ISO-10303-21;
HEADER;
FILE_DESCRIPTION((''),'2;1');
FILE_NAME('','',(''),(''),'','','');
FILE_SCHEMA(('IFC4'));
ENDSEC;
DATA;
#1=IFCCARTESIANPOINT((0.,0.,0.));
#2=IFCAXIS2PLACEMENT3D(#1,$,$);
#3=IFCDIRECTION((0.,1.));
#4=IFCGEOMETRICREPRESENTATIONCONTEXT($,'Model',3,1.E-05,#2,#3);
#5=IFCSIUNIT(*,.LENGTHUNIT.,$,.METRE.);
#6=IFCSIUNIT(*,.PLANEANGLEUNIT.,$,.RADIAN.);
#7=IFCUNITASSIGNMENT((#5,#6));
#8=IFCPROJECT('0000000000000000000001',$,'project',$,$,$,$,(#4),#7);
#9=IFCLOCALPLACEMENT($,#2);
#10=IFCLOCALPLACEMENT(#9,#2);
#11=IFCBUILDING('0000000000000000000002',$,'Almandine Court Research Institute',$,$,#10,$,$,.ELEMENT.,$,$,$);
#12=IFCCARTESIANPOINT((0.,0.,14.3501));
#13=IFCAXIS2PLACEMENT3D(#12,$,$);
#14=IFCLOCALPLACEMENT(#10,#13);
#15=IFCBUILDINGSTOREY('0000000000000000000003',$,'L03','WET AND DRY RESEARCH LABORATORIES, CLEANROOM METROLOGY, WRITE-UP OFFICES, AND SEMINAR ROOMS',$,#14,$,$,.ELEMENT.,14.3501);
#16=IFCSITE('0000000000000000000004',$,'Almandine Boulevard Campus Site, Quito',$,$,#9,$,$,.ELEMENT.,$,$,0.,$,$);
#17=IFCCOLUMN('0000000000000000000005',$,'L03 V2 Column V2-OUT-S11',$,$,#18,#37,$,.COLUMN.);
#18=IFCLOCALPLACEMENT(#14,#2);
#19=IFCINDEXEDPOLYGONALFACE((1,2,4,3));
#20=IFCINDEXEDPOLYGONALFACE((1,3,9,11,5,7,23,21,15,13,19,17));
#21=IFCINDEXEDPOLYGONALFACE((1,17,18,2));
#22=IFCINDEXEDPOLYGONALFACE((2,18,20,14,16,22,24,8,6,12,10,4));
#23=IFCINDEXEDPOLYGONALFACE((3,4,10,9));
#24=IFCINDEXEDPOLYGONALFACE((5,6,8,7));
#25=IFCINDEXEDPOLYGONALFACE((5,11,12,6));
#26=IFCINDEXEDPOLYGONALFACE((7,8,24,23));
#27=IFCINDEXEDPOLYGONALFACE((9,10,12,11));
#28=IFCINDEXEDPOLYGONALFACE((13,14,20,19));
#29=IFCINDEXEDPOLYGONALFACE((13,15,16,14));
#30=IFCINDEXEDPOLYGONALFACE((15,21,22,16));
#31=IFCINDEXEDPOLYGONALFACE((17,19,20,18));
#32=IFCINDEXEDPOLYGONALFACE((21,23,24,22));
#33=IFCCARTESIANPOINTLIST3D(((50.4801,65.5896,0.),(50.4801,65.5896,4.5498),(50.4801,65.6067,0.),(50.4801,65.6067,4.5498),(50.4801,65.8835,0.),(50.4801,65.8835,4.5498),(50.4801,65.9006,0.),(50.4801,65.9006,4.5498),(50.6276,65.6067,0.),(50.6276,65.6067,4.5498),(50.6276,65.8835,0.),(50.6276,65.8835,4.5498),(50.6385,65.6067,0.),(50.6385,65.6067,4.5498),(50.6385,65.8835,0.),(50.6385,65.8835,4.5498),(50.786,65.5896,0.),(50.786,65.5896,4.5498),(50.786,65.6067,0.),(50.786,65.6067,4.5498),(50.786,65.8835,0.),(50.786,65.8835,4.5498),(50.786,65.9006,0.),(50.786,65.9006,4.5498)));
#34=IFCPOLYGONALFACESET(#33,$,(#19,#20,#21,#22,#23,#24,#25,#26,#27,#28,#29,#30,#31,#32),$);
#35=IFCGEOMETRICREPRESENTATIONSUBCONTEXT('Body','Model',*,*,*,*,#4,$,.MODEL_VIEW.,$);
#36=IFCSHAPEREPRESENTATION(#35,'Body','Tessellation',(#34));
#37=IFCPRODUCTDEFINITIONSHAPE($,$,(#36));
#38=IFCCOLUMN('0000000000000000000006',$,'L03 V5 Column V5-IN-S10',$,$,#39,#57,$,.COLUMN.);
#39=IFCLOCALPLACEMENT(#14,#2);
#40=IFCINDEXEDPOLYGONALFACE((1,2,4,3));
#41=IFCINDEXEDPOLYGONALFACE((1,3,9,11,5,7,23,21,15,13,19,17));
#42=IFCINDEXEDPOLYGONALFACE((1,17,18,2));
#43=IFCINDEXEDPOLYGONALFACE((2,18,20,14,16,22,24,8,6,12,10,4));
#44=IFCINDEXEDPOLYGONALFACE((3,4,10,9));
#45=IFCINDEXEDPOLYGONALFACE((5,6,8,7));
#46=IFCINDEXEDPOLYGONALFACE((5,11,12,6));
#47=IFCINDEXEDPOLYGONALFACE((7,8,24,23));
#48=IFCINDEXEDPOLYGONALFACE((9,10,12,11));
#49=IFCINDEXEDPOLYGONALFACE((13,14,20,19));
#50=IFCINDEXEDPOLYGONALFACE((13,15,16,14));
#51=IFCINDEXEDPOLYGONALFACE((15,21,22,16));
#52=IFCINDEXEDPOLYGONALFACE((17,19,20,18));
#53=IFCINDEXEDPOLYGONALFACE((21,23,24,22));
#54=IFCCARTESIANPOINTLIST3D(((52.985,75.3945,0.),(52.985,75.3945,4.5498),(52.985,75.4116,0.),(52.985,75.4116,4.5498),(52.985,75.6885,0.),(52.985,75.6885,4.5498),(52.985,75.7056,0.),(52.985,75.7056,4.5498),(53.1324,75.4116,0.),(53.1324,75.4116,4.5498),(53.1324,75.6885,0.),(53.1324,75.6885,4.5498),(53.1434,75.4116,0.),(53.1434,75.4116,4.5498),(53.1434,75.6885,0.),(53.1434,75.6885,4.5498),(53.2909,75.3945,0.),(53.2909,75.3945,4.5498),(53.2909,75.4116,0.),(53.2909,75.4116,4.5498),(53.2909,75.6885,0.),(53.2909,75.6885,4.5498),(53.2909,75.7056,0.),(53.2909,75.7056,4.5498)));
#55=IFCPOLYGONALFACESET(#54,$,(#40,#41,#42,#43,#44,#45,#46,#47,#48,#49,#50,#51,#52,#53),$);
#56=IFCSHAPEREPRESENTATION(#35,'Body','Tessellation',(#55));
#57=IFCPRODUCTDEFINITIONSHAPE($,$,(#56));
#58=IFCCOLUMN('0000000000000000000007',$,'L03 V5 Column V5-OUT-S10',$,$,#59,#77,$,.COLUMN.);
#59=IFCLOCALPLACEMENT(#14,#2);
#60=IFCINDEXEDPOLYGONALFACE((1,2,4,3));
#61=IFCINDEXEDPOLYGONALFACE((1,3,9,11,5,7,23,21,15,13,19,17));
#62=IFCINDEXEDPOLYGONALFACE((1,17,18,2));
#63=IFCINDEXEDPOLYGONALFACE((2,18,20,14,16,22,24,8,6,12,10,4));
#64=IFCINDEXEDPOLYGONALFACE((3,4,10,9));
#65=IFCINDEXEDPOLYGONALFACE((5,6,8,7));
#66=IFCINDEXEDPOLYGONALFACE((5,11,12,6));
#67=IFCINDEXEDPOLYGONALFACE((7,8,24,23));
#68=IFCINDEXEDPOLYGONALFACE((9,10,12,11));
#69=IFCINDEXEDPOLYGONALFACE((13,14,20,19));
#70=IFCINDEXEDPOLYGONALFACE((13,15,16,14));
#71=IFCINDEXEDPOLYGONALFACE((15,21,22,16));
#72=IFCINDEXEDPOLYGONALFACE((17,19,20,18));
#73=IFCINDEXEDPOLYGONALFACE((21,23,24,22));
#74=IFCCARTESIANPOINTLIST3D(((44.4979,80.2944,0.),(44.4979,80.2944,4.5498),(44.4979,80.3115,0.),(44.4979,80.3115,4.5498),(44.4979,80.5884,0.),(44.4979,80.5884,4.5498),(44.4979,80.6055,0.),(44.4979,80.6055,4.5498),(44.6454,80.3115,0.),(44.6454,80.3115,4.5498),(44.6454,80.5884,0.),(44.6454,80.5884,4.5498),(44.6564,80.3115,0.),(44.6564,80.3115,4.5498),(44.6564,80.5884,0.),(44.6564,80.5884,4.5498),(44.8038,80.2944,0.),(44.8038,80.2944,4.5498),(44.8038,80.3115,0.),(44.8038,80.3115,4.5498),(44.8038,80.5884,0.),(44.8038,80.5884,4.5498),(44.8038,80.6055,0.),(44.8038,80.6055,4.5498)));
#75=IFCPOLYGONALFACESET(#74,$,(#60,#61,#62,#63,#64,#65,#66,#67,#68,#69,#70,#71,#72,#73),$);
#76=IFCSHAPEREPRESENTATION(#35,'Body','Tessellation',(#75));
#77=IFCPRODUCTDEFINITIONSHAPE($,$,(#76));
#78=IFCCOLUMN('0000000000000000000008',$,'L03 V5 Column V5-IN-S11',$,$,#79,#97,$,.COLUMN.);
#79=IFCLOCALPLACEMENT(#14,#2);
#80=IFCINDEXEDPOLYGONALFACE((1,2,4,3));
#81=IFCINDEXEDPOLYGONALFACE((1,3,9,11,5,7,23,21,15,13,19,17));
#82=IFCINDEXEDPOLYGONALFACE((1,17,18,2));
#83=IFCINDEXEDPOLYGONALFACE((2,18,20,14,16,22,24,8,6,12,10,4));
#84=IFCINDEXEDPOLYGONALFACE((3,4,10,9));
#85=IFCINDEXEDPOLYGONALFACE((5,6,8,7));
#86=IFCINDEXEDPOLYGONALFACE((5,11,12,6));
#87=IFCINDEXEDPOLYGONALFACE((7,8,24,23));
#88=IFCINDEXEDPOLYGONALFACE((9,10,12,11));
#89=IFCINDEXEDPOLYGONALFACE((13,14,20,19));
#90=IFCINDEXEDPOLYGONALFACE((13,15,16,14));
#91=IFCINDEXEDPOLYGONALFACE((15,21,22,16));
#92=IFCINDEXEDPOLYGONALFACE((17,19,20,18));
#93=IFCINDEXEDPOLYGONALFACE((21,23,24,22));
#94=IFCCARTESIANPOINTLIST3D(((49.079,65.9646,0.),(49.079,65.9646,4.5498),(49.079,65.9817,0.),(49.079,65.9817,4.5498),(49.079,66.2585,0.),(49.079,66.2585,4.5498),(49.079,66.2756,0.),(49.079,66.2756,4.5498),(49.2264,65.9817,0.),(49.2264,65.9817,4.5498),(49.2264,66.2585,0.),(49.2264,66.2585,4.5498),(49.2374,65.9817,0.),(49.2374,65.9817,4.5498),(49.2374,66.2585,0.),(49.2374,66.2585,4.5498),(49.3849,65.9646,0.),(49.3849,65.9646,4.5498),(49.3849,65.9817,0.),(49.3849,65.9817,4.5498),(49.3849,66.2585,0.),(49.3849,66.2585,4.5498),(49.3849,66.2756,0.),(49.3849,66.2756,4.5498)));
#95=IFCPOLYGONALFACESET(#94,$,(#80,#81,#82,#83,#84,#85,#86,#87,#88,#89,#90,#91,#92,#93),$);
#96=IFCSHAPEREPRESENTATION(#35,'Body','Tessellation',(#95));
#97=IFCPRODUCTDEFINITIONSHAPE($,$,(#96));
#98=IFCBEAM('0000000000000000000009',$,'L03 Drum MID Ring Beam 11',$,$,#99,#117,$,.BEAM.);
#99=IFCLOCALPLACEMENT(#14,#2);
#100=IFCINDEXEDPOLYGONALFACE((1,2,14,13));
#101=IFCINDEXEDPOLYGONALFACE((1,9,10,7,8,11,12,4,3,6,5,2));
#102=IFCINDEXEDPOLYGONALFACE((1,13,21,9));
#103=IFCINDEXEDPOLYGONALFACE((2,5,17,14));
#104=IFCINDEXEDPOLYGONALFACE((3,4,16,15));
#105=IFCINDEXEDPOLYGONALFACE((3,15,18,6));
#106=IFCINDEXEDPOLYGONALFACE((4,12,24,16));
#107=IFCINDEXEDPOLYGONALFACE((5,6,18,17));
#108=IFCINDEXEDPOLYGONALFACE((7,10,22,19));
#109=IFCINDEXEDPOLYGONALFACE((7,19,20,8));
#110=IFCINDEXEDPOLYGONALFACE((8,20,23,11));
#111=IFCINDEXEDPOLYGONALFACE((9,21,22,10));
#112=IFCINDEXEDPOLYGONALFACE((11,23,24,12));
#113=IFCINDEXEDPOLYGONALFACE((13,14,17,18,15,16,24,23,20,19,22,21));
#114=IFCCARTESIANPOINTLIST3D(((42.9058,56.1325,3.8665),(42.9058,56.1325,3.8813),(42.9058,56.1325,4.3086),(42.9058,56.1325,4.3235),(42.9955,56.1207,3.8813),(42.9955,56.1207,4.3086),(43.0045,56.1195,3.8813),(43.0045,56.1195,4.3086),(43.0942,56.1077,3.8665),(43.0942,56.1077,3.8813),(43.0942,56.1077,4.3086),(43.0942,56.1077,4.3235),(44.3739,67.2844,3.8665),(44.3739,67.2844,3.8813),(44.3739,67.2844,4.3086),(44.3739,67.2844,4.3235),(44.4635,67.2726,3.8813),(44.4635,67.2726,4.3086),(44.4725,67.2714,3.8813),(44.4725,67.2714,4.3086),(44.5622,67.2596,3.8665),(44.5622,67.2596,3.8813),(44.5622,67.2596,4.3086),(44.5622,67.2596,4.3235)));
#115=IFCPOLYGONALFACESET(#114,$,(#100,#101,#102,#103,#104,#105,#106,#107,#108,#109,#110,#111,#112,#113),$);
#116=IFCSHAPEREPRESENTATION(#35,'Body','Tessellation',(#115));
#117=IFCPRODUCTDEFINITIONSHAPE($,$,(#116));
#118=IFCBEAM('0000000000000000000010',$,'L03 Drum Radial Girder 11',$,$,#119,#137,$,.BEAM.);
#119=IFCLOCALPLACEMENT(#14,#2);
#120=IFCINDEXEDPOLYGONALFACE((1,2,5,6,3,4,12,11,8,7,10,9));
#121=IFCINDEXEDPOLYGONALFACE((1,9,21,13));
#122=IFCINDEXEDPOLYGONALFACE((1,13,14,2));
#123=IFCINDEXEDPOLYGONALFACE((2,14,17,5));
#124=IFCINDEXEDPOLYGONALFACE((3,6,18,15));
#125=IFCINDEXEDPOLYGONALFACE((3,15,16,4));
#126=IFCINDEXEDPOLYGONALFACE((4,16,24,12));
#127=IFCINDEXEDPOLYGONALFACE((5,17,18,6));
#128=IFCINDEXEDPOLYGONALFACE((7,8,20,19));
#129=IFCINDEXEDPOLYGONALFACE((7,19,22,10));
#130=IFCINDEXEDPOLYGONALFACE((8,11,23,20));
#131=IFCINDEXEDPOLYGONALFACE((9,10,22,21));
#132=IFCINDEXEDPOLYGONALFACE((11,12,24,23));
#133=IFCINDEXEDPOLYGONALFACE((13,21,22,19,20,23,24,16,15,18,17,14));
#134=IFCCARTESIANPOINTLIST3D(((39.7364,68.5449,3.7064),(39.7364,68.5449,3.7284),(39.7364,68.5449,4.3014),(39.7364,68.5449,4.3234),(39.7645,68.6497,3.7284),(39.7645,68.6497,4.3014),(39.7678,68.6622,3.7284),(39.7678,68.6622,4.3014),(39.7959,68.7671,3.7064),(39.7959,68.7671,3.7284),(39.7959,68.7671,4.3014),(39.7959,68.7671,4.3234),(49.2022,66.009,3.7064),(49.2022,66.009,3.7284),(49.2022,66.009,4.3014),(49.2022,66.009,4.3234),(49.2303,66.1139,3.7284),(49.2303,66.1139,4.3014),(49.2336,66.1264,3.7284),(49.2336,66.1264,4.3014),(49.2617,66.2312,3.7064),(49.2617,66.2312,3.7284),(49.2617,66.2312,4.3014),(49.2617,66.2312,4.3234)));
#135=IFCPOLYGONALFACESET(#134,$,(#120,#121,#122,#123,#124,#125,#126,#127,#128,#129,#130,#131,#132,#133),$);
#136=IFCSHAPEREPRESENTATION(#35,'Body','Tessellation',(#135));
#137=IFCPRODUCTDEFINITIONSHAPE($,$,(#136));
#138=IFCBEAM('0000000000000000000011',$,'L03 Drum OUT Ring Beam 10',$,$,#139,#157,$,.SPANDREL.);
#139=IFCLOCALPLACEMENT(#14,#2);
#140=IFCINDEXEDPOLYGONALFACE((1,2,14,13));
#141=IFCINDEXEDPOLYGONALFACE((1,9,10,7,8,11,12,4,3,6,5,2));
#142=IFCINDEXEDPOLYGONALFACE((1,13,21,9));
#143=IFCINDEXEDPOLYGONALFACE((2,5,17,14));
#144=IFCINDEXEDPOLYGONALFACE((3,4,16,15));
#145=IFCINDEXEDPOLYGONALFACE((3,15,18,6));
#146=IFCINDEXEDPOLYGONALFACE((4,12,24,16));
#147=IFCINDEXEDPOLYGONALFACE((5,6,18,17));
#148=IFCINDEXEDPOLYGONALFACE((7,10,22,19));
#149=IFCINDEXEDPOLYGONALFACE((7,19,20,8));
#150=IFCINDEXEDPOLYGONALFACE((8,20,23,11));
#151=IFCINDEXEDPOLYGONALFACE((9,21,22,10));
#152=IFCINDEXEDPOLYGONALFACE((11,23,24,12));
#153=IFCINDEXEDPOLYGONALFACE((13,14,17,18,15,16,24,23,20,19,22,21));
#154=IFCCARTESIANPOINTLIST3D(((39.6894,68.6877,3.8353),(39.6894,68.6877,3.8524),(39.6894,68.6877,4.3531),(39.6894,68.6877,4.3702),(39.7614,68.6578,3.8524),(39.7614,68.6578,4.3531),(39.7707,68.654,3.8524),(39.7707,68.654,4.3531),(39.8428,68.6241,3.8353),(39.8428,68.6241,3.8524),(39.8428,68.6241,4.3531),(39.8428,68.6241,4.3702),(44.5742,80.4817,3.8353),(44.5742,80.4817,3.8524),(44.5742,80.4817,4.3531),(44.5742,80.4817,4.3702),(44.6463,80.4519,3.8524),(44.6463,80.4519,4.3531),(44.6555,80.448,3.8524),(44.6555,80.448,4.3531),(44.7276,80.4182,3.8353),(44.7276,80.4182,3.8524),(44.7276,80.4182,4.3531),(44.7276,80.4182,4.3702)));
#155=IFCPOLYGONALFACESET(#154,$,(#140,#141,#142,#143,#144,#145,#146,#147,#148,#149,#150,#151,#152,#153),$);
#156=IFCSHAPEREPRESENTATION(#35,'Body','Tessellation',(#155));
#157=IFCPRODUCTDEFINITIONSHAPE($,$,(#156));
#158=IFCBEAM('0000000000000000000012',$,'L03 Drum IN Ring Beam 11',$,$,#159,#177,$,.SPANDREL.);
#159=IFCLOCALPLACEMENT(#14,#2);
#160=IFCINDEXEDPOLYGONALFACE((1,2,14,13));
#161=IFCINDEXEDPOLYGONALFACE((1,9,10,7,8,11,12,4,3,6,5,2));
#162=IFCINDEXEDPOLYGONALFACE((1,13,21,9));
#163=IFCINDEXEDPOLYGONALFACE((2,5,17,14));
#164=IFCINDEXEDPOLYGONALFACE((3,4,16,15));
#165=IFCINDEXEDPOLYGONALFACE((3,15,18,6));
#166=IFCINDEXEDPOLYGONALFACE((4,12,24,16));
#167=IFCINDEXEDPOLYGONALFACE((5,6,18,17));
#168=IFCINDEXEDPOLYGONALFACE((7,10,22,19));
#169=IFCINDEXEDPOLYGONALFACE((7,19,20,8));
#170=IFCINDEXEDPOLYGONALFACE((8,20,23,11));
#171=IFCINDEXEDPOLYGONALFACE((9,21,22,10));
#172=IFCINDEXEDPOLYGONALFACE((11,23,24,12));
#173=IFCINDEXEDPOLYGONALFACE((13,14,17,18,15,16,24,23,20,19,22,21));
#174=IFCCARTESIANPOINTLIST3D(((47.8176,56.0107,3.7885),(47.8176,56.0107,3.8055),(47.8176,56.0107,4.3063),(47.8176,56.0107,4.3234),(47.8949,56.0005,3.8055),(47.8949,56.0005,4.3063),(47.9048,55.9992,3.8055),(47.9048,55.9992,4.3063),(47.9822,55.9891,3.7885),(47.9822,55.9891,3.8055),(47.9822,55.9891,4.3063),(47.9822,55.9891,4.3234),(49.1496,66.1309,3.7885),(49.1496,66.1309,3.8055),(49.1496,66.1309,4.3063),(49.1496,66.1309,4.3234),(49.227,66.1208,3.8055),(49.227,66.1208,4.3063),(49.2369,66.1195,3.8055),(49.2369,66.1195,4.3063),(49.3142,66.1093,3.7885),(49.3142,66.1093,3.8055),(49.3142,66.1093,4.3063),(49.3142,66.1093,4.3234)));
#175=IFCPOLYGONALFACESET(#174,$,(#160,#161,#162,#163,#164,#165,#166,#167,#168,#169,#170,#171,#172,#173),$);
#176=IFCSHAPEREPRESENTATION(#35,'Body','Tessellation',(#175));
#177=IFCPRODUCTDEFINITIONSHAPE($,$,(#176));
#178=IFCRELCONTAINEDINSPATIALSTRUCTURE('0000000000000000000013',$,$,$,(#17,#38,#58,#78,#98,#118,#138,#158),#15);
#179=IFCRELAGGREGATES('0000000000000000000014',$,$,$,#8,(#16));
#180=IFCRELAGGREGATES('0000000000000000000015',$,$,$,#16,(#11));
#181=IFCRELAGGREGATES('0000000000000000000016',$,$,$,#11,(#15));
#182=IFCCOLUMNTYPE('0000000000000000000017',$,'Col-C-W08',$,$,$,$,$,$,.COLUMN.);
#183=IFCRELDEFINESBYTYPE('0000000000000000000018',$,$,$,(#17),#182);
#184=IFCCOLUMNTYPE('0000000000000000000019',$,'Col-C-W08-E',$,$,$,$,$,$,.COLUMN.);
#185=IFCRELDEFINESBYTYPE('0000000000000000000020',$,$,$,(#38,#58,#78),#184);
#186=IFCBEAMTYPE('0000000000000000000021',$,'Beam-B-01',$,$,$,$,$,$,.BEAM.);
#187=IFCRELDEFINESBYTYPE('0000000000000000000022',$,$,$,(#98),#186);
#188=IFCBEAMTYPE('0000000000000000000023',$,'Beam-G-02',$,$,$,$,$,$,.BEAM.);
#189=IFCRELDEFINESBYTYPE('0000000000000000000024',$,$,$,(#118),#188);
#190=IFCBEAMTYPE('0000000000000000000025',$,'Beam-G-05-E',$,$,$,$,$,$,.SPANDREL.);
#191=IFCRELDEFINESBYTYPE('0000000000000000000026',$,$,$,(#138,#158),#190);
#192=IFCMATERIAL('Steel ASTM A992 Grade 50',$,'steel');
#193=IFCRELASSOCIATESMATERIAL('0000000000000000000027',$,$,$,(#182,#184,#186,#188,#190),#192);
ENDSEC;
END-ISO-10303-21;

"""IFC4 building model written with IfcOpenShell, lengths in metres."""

from ifc_helpers import new_model, si_unit, direction, frame, origin, origin_2d, place, context, subcontext, project, spatial, i_section, extrude, material, material_profile, profile_set, type_object, element, save


model = new_model("IFC4")

# Units and contexts
model_context = context("Model", 3, precision=1e-05, world=origin(), true_north=direction((0.0, 1.0)))
body_context = subcontext(model_context, "Body", "Model", "MODEL_VIEW")
ifc_project = project(units=[si_unit("LENGTHUNIT", "METRE"), si_unit("PLANEANGLEUNIT", "RADIAN")], contexts=[model_context])

# Site, building, storey
site_placement = place(None, origin())
site = spatial("IfcSite", under=ifc_project, at=site_placement, Name="Almandine Boulevard Campus Site, Quito", CompositionType="ELEMENT", RefElevation=0.0)
building_placement = place(site_placement, origin())
building = spatial("IfcBuilding", under=site, at=building_placement, Name="Almandine Court Research Institute", CompositionType="ELEMENT")
storey_placement = place(building_placement, frame((0.0, 0.0, 14.3501)))
storey = spatial("IfcBuildingStorey", under=building, at=storey_placement, Name="L03", Description="WET AND DRY RESEARCH LABORATORIES, CLEANROOM METROLOGY, WRITE-UP OFFICES, AND SEMINAR ROOMS", CompositionType="ELEMENT", Elevation=14.3501)

# Columns
ifc_material_1 = material(Name="Steel ASTM A992 Grade 50", Category="steel")
ifc_material_profile_1 = material_profile(ifc_material_1, i_section(OverallWidth=0.3059, OverallDepth=0.311, WebThickness=0.011, FlangeThickness=0.0171, at=origin_2d()), Name="W310x107")
ifc_profile_set_1 = profile_set([ifc_material_profile_1], Name="Steel ASTM A992 Grade 50")
column_type_1 = type_object("IfcColumnType", Name="Col-C-W08", PredefinedType="COLUMN", material=ifc_profile_set_1)
column_placement = place(storey_placement, frame((50.6331, 65.7451, 0.0), z_axis=(0.0, 0.0, 1.0), x_axis=(1.0, 0.0, 0.0)))
element("IfcColumn", 1, at=column_placement, inside=storey, type_object=column_type_1, Name="L03 V2 Column V2-OUT-S11", PredefinedType="COLUMN", context=body_context, shape_type="SweptSolid", body=[
    extrude(i_section(OverallWidth=0.3059, OverallDepth=0.311, WebThickness=0.011, FlangeThickness=0.0171, at=origin_2d()), origin(), (0.0, 0.0, 1.0), 4.5498),
])
ifc_material_profile_2 = material_profile(ifc_material_1, i_section(OverallWidth=0.3059, OverallDepth=0.311, WebThickness=0.011, FlangeThickness=0.0171, at=origin_2d()), Name="W310x107")
ifc_profile_set_2 = profile_set([ifc_material_profile_2], Name="Steel ASTM A992 Grade 50")
column_type_2 = type_object("IfcColumnType", Name="Col-C-W08-E", PredefinedType="COLUMN", material=ifc_profile_set_2)
for number, where, z_axis, x_axis, name in (
    (2, (53.1379, 75.55, 0.0), (0.0, 0.0, 1.0), (1.0, 0.0, 0.0), "L03 V5 Column V5-IN-S10"),
    (3, (44.6509, 80.45, 0.0), (0.0, 0.0, 1.0), (1.0, 0.0, 0.0), "L03 V5 Column V5-OUT-S10"),
    (4, (49.2319, 66.1201, 0.0), (0.0, 0.0, 1.0), (1.0, 0.0, 0.0), "L03 V5 Column V5-IN-S11"),
):
    element("IfcColumn", number, at=place(storey_placement, frame(where, z_axis=z_axis, x_axis=x_axis)), inside=storey, type_object=column_type_2, Name=name, PredefinedType="COLUMN", context=body_context, shape_type="SweptSolid", body=[
        extrude(i_section(OverallWidth=0.3059, OverallDepth=0.311, WebThickness=0.011, FlangeThickness=0.0171, at=origin_2d()), origin(), (0.0, 0.0, 1.0), 4.5498),
    ])

# Beams
ifc_material_profile_3 = material_profile(ifc_material_1, i_section(OverallWidth=0.1899, OverallDepth=0.457, WebThickness=0.009, FlangeThickness=0.0149, at=origin_2d()), Name="W460x74")
ifc_profile_set_3 = profile_set([ifc_material_profile_3], Name="Steel ASTM A992 Grade 50")
beam_type_1 = type_object("IfcBeamType", Name="Beam-B-01", PredefinedType="BEAM", material=ifc_profile_set_3)
beam_1_placement = place(storey_placement, frame((44.468, 67.272, 4.095), z_axis=(-0.130513, -0.991447, 0.0), x_axis=(0.991447, -0.130513, 0.0)))
element("IfcBeam", 5, at=beam_1_placement, inside=storey, type_object=beam_type_1, Name="L03 Drum MID Ring Beam 11", PredefinedType="BEAM", context=body_context, shape_type="SweptSolid", body=[
    extrude(i_section(OverallWidth=0.1899, OverallDepth=0.457, WebThickness=0.009, FlangeThickness=0.0149, at=origin_2d()), origin(), (0.0, 0.0, 1.0), 11.248),
])
ifc_material_profile_4 = material_profile(ifc_material_1, i_section(OverallWidth=0.23, OverallDepth=0.6169, WebThickness=0.0129, FlangeThickness=0.022, at=origin_2d()), Name="W610x140")
ifc_profile_set_4 = profile_set([ifc_material_profile_4], Name="Steel ASTM A992 Grade 50")
beam_type_2 = type_object("IfcBeamType", Name="Beam-G-02", PredefinedType="BEAM", material=ifc_profile_set_4)
beam_2_placement = place(storey_placement, frame((49.2319, 66.1201, 4.0149), z_axis=(-0.965938, 0.258774, 0.0), x_axis=(-0.258774, -0.965938, 0.0)))
element("IfcBeam", 6, at=beam_2_placement, inside=storey, type_object=beam_type_2, Name="L03 Drum Radial Girder 11", PredefinedType="BEAM", context=body_context, shape_type="SweptSolid", body=[
    extrude(i_section(OverallWidth=0.23, OverallDepth=0.6169, WebThickness=0.0129, FlangeThickness=0.022, at=origin_2d()), origin(), (0.0, 0.0, 1.0), 9.7996),
])
ifc_material_profile_5 = material_profile(ifc_material_1, i_section(OverallWidth=0.166, OverallDepth=0.5349, WebThickness=0.01, FlangeThickness=0.0171, at=origin_2d()), Name="W530x85")
ifc_profile_set_5 = profile_set([ifc_material_profile_5], Name="Steel ASTM A992 Grade 50")
beam_type_3 = type_object("IfcBeamType", Name="Beam-G-05-E", PredefinedType="SPANDREL", material=ifc_profile_set_5)
beam_3_placement = place(storey_placement, frame((44.6509, 80.45, 4.1028), z_axis=(-0.382654, -0.923892, 0.0), x_axis=(0.923892, -0.382654, 0.0)))
element("IfcBeam", 7, at=beam_3_placement, inside=storey, type_object=beam_type_3, Name="L03 Drum OUT Ring Beam 10", PredefinedType="SPANDREL", context=body_context, shape_type="SweptSolid", body=[
    extrude(i_section(OverallWidth=0.166, OverallDepth=0.5349, WebThickness=0.01, FlangeThickness=0.0171, at=origin_2d()), origin(), (0.0, 0.0, 1.0), 12.7656),
])
beam_4_placement = place(storey_placement, frame((49.2319, 66.1201, 4.0559), z_axis=(-0.130497, -0.991449, 0.0), x_axis=(0.991449, -0.130497, 0.0)))
element("IfcBeam", 8, at=beam_4_placement, inside=storey, type_object=beam_type_3, Name="L03 Drum IN Ring Beam 11", PredefinedType="SPANDREL", context=body_context, shape_type="SweptSolid", body=[
    extrude(i_section(OverallWidth=0.166, OverallDepth=0.5349, WebThickness=0.01, FlangeThickness=0.0171, at=origin_2d()), origin(), (0.0, 0.0, 1.0), 10.2075),
])

save(model, "model.ifc")
